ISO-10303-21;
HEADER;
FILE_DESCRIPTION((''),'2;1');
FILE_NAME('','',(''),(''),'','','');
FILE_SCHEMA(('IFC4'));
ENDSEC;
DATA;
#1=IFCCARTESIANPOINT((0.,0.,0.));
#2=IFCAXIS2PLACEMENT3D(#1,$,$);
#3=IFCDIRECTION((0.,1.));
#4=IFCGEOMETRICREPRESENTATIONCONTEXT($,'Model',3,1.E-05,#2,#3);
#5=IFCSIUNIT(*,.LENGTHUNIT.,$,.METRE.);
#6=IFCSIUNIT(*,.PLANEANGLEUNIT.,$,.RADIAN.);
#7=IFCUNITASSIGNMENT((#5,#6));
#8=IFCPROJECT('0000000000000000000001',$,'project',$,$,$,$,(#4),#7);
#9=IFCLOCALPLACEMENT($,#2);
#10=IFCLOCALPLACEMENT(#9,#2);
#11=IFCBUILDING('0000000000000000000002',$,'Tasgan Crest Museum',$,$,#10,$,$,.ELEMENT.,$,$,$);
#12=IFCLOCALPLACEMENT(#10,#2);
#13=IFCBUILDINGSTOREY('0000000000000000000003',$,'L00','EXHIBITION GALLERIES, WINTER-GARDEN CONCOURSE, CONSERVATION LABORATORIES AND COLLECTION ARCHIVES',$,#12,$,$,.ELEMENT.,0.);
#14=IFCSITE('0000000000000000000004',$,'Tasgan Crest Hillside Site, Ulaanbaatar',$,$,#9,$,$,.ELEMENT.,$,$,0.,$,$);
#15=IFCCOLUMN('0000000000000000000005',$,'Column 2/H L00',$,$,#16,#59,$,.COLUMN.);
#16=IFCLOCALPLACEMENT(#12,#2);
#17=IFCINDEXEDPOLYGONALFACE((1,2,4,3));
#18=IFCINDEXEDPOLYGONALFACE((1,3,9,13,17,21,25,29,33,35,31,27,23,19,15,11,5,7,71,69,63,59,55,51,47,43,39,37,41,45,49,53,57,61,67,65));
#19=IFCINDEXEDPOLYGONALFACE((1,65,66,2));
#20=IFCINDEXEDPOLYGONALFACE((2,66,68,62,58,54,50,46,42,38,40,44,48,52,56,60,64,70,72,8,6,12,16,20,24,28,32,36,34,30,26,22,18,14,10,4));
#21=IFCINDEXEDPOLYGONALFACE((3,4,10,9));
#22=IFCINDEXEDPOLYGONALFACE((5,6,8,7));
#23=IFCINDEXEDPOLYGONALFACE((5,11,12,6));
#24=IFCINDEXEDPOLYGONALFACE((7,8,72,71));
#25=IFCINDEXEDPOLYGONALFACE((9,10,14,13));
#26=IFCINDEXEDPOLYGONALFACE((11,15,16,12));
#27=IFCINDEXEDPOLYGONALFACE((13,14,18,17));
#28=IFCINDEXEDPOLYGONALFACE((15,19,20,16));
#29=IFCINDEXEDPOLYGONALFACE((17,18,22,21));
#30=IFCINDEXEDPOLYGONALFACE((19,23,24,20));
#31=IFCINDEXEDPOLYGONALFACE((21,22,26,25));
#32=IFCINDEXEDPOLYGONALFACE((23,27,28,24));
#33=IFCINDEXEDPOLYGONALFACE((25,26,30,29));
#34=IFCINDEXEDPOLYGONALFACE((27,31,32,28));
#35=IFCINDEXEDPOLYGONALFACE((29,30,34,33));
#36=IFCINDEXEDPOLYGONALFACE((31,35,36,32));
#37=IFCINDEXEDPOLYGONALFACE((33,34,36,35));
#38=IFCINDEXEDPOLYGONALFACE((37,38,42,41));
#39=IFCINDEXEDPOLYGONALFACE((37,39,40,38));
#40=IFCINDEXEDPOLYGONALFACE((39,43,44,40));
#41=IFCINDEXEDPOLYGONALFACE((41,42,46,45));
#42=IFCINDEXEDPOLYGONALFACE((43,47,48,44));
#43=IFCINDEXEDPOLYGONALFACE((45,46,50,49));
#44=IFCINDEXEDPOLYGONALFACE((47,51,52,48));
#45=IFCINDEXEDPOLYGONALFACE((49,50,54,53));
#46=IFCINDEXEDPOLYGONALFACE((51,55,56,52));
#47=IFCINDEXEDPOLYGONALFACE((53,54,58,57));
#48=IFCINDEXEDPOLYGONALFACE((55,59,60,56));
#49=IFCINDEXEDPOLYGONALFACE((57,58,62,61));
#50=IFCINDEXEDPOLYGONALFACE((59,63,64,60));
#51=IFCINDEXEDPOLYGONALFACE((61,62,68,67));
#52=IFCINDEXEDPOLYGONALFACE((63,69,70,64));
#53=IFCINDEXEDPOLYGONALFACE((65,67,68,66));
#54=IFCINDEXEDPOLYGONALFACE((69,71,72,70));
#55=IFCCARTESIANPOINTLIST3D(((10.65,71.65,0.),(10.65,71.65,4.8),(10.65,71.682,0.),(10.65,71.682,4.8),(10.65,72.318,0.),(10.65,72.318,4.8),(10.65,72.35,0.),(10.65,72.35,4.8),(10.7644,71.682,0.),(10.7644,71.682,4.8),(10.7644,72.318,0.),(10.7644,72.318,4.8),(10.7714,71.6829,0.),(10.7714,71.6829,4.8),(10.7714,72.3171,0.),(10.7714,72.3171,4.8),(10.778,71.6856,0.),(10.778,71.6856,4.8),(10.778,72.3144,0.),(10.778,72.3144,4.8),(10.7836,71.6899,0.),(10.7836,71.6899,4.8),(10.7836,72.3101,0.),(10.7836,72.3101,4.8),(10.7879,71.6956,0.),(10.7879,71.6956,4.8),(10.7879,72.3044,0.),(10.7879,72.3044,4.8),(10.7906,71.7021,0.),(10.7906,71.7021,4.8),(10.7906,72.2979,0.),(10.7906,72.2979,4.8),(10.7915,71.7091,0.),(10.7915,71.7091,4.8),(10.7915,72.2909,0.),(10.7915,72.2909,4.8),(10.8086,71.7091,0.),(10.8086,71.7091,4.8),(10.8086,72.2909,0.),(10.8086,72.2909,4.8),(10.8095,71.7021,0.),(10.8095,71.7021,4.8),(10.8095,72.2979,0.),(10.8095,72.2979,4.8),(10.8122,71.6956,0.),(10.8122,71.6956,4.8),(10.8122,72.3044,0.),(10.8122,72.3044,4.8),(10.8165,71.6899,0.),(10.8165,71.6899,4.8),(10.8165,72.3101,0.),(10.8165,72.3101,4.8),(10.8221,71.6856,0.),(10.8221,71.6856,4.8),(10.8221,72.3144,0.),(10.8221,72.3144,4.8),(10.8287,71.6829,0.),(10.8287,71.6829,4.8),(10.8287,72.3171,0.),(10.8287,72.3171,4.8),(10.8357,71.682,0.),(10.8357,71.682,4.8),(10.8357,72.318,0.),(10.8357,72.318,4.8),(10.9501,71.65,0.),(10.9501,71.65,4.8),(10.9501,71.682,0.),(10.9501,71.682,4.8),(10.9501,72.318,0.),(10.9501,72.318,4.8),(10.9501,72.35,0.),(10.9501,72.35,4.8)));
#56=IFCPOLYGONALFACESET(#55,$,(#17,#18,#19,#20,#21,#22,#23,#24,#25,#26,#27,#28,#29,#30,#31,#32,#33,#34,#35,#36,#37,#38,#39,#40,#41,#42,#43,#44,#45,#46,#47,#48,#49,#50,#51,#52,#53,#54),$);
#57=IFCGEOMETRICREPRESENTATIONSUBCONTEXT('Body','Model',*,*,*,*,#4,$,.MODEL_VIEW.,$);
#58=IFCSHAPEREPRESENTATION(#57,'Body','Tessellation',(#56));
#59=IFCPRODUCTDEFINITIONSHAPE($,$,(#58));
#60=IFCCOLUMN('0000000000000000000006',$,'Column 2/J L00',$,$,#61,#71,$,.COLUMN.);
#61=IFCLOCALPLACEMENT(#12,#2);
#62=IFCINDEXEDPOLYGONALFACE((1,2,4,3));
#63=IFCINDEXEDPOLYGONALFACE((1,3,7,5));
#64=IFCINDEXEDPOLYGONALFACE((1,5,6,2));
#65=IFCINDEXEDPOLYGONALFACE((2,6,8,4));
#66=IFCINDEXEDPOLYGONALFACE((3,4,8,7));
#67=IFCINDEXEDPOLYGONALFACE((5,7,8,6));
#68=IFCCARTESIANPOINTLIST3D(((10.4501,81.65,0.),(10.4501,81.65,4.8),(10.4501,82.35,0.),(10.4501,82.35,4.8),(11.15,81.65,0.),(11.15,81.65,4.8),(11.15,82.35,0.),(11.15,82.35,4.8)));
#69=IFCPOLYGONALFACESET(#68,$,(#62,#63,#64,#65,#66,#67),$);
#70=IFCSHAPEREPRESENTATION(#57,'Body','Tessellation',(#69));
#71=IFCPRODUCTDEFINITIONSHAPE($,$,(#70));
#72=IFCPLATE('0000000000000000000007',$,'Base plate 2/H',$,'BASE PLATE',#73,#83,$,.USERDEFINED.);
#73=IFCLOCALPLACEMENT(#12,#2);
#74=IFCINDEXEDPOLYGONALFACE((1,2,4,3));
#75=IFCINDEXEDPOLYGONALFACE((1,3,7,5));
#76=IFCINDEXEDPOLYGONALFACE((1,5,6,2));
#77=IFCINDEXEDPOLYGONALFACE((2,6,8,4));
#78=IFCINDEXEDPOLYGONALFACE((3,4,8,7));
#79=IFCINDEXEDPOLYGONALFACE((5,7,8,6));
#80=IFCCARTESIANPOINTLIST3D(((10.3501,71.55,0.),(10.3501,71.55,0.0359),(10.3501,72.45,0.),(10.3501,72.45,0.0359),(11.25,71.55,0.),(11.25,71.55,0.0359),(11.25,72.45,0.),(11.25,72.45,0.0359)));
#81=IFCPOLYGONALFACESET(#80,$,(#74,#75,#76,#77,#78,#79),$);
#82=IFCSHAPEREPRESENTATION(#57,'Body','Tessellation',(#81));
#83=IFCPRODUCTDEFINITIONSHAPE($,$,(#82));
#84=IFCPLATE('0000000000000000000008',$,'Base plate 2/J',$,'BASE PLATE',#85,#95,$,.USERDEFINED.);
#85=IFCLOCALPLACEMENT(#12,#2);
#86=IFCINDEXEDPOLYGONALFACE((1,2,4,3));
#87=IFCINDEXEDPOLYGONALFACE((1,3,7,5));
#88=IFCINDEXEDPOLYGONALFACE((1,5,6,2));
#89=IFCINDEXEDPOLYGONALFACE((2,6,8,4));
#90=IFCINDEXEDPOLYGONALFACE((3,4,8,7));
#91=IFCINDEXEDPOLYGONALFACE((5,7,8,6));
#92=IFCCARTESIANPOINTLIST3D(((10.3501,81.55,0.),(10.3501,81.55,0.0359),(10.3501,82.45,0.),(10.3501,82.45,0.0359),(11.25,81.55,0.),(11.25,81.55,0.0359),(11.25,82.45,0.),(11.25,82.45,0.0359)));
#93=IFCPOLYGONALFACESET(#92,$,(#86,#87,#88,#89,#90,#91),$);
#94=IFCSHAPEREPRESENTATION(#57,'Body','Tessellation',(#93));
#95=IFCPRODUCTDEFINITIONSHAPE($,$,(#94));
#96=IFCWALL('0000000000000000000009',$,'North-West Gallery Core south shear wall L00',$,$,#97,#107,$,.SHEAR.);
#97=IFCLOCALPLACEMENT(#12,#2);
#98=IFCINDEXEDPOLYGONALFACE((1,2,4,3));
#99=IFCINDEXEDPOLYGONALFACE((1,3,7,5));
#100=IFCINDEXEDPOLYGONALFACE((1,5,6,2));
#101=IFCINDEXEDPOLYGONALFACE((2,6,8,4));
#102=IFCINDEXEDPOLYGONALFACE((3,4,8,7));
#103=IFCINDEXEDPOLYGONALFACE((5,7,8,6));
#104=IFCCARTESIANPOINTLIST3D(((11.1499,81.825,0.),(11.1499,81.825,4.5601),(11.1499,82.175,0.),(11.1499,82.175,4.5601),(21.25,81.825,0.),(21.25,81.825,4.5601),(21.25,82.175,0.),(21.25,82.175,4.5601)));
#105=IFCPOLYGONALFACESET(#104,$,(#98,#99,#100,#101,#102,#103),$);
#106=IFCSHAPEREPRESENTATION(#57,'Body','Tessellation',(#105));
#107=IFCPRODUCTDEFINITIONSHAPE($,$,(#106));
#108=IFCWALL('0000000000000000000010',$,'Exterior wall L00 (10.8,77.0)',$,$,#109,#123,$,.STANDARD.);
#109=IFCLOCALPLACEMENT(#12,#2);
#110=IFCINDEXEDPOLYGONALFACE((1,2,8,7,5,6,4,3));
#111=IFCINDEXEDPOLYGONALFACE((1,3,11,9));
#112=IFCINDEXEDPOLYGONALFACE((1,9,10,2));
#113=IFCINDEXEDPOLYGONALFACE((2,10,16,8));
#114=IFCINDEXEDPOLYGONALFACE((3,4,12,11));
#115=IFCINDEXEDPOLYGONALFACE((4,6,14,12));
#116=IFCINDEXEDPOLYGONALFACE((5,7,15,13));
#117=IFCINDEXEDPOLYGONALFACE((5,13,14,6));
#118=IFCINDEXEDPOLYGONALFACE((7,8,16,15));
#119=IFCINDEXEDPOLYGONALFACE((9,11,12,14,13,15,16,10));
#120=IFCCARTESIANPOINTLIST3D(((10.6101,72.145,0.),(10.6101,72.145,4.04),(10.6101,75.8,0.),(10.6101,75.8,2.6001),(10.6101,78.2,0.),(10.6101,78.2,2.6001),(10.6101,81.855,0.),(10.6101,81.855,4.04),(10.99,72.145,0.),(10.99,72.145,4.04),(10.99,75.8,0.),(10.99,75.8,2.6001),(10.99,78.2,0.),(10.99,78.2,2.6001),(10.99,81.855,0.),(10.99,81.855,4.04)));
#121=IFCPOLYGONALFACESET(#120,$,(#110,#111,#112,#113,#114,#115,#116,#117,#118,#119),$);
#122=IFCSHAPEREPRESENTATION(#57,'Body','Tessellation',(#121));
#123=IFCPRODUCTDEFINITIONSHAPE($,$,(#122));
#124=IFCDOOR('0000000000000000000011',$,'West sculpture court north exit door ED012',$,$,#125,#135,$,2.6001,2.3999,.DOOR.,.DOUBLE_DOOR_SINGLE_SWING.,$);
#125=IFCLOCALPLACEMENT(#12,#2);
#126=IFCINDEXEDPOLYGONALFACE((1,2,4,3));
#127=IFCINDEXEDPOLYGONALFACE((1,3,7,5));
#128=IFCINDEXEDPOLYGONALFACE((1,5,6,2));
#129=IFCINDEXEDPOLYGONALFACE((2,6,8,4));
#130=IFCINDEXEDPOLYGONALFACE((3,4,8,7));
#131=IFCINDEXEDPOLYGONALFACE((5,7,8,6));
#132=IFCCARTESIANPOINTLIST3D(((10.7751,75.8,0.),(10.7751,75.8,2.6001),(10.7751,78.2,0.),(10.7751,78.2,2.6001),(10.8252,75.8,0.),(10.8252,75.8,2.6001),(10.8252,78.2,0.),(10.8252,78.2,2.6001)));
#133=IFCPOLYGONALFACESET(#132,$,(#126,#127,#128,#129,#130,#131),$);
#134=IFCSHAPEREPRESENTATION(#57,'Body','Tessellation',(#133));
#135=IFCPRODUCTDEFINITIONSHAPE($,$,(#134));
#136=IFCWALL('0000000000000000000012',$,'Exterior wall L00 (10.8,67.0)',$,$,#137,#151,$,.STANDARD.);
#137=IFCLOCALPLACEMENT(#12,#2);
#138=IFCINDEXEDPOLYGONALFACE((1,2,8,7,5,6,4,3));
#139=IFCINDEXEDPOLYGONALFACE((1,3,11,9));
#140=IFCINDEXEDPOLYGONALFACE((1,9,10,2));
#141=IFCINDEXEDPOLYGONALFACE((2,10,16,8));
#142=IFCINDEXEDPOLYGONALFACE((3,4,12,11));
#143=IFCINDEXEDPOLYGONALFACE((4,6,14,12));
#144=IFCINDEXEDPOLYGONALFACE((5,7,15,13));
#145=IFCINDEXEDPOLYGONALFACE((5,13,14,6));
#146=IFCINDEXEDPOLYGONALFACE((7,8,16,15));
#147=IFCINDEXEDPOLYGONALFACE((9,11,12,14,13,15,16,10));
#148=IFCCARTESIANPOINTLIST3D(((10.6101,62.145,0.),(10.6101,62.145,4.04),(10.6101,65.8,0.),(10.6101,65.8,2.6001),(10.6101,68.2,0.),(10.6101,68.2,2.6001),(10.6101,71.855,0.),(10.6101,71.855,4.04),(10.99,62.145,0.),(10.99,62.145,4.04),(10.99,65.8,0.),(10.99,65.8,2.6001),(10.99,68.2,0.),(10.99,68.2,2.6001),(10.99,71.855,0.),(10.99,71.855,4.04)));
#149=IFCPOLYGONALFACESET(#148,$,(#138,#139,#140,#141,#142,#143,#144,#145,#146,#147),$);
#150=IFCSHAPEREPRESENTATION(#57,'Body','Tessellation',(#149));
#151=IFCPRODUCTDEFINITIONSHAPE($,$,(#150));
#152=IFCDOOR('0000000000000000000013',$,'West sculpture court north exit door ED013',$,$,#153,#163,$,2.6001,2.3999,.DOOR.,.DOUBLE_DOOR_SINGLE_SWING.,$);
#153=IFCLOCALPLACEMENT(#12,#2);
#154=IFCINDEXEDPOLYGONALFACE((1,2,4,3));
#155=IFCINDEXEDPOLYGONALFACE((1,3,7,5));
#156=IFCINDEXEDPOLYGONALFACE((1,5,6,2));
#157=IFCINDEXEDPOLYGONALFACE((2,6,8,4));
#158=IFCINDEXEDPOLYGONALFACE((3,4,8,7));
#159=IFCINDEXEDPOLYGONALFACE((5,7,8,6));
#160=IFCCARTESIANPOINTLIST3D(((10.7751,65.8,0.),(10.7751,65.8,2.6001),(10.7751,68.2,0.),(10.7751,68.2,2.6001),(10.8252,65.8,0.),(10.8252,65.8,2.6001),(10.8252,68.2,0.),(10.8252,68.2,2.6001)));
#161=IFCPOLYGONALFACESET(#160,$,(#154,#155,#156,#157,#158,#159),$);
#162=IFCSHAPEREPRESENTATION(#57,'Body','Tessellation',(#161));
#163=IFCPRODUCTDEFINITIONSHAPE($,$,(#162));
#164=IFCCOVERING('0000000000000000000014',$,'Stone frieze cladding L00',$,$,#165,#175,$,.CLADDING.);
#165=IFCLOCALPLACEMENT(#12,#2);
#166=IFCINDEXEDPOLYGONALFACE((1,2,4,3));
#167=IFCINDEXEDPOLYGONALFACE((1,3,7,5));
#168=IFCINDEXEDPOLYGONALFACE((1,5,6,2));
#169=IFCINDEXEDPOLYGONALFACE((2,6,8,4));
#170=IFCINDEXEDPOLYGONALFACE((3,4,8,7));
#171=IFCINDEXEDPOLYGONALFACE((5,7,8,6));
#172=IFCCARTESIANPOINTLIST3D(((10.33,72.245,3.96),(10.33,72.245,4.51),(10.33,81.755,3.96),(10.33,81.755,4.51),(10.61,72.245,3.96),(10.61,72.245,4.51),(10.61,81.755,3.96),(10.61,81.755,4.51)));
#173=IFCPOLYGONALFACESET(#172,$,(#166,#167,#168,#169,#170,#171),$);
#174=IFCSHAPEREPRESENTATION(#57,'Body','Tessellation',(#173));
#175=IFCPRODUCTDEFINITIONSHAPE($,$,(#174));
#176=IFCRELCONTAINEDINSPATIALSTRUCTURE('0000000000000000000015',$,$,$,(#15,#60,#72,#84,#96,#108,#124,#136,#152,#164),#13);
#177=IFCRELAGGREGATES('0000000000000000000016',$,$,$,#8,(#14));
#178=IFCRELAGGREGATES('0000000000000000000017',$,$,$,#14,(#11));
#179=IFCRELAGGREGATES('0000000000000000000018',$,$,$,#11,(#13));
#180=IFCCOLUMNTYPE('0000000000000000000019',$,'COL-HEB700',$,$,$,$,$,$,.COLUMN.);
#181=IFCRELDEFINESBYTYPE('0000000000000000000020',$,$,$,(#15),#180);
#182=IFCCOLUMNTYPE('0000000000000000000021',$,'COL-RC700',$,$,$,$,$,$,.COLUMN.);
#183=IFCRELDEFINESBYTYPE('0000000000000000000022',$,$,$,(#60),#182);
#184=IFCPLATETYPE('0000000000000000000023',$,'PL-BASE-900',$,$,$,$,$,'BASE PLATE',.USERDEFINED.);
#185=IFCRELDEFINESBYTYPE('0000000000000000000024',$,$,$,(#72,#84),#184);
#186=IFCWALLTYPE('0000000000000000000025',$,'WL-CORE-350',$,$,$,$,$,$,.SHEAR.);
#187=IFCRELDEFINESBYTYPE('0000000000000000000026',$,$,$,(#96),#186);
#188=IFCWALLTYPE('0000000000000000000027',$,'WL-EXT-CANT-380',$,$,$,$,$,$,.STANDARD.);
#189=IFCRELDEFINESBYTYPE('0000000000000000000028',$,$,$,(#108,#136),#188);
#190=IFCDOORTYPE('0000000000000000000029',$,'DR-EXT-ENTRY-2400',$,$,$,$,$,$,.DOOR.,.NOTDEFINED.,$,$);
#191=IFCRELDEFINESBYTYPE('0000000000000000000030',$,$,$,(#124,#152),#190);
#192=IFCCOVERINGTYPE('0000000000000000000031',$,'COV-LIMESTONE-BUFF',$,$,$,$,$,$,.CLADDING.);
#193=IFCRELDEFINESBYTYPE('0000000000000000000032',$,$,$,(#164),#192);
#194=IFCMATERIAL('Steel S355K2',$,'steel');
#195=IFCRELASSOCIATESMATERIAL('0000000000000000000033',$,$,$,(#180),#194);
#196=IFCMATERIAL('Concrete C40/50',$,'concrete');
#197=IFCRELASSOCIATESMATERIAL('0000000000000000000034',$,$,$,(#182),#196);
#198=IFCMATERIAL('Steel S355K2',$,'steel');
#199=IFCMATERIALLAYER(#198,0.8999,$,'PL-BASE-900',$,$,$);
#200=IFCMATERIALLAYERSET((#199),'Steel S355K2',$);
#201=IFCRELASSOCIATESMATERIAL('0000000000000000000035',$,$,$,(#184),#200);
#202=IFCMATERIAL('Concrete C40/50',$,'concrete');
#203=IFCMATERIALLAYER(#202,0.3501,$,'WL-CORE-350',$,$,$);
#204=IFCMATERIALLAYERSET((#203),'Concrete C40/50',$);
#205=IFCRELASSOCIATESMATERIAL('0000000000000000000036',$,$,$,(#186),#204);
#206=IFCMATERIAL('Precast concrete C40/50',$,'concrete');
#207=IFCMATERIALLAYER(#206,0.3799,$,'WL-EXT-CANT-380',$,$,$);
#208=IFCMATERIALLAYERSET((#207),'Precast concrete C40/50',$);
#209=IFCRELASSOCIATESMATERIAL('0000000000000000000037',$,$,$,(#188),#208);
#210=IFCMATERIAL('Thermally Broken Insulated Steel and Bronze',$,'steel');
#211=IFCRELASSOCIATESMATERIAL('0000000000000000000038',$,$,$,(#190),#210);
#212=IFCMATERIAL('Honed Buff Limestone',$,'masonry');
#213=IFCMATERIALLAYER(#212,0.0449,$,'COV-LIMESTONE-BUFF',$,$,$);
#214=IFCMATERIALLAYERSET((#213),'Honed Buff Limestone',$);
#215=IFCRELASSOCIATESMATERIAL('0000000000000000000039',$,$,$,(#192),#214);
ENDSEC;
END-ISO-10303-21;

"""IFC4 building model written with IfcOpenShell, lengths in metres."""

from ifc_helpers import new_model, si_unit, direction, frame, frame_2d, origin, origin_2d, place, context, subcontext, project, spatial, rectangle, i_section, extrude, material, layer, layer_set, material_profile, profile_set, type_object, element, fill, save


model = new_model("IFC4")

# Units and contexts
model_context = context("Model", 3, precision=1e-05, world=origin(), true_north=direction((0.0, 1.0)))
body_context = subcontext(model_context, "Body", "Model", "MODEL_VIEW")
ifc_project = project(units=[si_unit("LENGTHUNIT", "METRE"), si_unit("PLANEANGLEUNIT", "RADIAN")], contexts=[model_context])

# Site, building, storey
site_placement = place(None, origin())
site = spatial("IfcSite", under=ifc_project, at=site_placement, Name="Tasgan Crest Hillside Site, Ulaanbaatar", CompositionType="ELEMENT", RefElevation=0.0)
building_placement = place(site_placement, origin())
building = spatial("IfcBuilding", under=site, at=building_placement, Name="Tasgan Crest Museum", CompositionType="ELEMENT")
storey_placement = place(building_placement, origin())
storey = spatial("IfcBuildingStorey", under=building, at=storey_placement, Name="L00", Description="EXHIBITION GALLERIES, WINTER-GARDEN CONCOURSE, CONSERVATION LABORATORIES AND COLLECTION ARCHIVES", CompositionType="ELEMENT", Elevation=0.0)

# Columns
ifc_material_1 = material(Name="Steel S355K2", Category="steel")
ifc_material_profile_1 = material_profile(ifc_material_1, i_section(OverallWidth=0.3, OverallDepth=0.7, WebThickness=0.0171, FlangeThickness=0.032, FilletRadius=0.0271, at=origin_2d()), Name="HEB 700")
ifc_profile_set_1 = profile_set([ifc_material_profile_1], Name="Steel S355K2")
column_type_1 = type_object("IfcColumnType", Name="COL-HEB700", PredefinedType="COLUMN", material=ifc_profile_set_1)
column_1_placement = place(storey_placement, frame((10.8, 72.0, 0.0), z_axis=(0.0, 0.0, 1.0), x_axis=(1.0, 0.0, 0.0)))
element("IfcColumn", 1, at=column_1_placement, inside=storey, type_object=column_type_1, Name="Column 2/H L00", PredefinedType="COLUMN", context=body_context, shape_type="SweptSolid", body=[
    extrude(i_section(OverallWidth=0.3, OverallDepth=0.7, WebThickness=0.0171, FlangeThickness=0.032, FilletRadius=0.0271, at=origin_2d()), origin(), (0.0, 0.0, 1.0), 4.8),
])
ifc_material_2 = material(Name="Concrete C40/50", Category="concrete")
ifc_material_profile_2 = material_profile(ifc_material_2, rectangle(XDim=0.7, YDim=0.7, at=origin_2d()), Name="RC 700x700")
ifc_profile_set_2 = profile_set([ifc_material_profile_2], Name="Concrete C40/50")
column_type_2 = type_object("IfcColumnType", Name="COL-RC700", PredefinedType="COLUMN", material=ifc_profile_set_2)
column_2_placement = place(storey_placement, frame((10.8, 82.0, 0.0), z_axis=(0.0, 0.0, 1.0), x_axis=(1.0, 0.0, 0.0)))
element("IfcColumn", 2, at=column_2_placement, inside=storey, type_object=column_type_2, Name="Column 2/J L00", PredefinedType="COLUMN", context=body_context, shape_type="SweptSolid", body=[
    extrude(rectangle(XDim=0.7, YDim=0.7, at=origin_2d()), origin(), (0.0, 0.0, 1.0), 4.8),
])

# Plates
ifc_material_3 = material(Name="Steel S355K2", Category="steel")
ifc_layer_1 = layer(ifc_material_3, 0.8999, Name="PL-BASE-900")
ifc_layer_set_1 = layer_set([ifc_layer_1], Name="Steel S355K2")
plate_type = type_object("IfcPlateType", Name="PL-BASE-900", ElementType="BASE PLATE", PredefinedType="USERDEFINED", material=ifc_layer_set_1)
for number, where, z_axis, x_axis, name in (
    (3, (10.8, 72.0, 0.0), (0.0, 0.0, 1.0), (1.0, 0.0, 0.0), "Base plate 2/H"),
    (4, (10.8, 82.0, 0.0), (0.0, 0.0, 1.0), (1.0, 0.0, 0.0), "Base plate 2/J"),
):
    element("IfcPlate", number, at=place(storey_placement, frame(where, z_axis=z_axis, x_axis=x_axis)), inside=storey, type_object=plate_type, Name=name, ObjectType="BASE PLATE", PredefinedType="USERDEFINED", context=body_context, shape_type="SweptSolid", body=[
        extrude(rectangle(XDim=0.8999, YDim=0.8999, at=origin_2d()), origin(), (0.0, 0.0, 1.0), 0.0359),
    ])

# Wall
ifc_material_4 = material(Name="Concrete C40/50", Category="concrete")
ifc_layer_2 = layer(ifc_material_4, 0.3501, Name="WL-CORE-350")
ifc_layer_set_2 = layer_set([ifc_layer_2], Name="Concrete C40/50")
wall_type_1 = type_object("IfcWallType", Name="WL-CORE-350", PredefinedType="SHEAR", material=ifc_layer_set_2)
wall_1_placement = place(storey_placement, frame((11.1499, 82.0, 0.0), z_axis=(0.0, 0.0, 1.0), x_axis=(1.0, 0.0, 0.0)))
element("IfcWall", 5, at=wall_1_placement, inside=storey, type_object=wall_type_1, Name="North-West Gallery Core south shear wall L00", PredefinedType="SHEAR", context=body_context, shape_type="SweptSolid", body=[
    extrude(rectangle(XDim=10.1001, YDim=0.3501, at=frame_2d((5.05, 0.0))), origin(), (0.0, 0.0, 1.0), 4.5601),
])

# Walls, openings, doors
ifc_material_5 = material(Name="Precast concrete C40/50", Category="concrete")
ifc_layer_3 = layer(ifc_material_5, 0.3799, Name="WL-EXT-CANT-380")
ifc_layer_set_3 = layer_set([ifc_layer_3], Name="Precast concrete C40/50")
wall_type_2 = type_object("IfcWallType", Name="WL-EXT-CANT-380", PredefinedType="STANDARD", material=ifc_layer_set_3)
wall_2_placement = place(storey_placement, frame((10.8, 81.855, 0.0), z_axis=(0.0, 0.0, 1.0), x_axis=(0.0, -1.0, 0.0)))
wall_2 = element("IfcWall", 6, at=wall_2_placement, inside=storey, type_object=wall_type_2, Name="Exterior wall L00 (10.8,77.0)", PredefinedType="STANDARD", context=body_context, shape_type="SweptSolid", body=[
    extrude(rectangle(XDim=9.71, YDim=0.3799, at=frame_2d((4.855, 0.0))), origin(), (0.0, 0.0, 1.0), 4.04),
])
opening_1_placement = place(wall_2_placement, frame((3.655, 0.0, 0.0)))
opening_1 = element("IfcOpeningElement", 7, at=opening_1_placement, cuts=wall_2, PredefinedType="OPENING", context=body_context, shape_type="SweptSolid", body=[
    extrude(rectangle(XDim=2.3999, YDim=2.6001, at=frame_2d((1.2, 1.3))), frame((0.0, 0.2, 0.0), z_axis=(0.0, -1.0, 0.0), x_axis=(1.0, 0.0, 0.0)), (0.0, 0.0, 1.0), 0.3999),
])
ifc_material_6 = material(Name="Thermally Broken Insulated Steel and Bronze", Category="steel")
door_type = type_object("IfcDoorType", Name="DR-EXT-ENTRY-2400", OperationType="NOTDEFINED", PredefinedType="DOOR", material=ifc_material_6)
door_1_placement = place(opening_1_placement, frame((2.3999, 0.0, 0.0), z_axis=(0.0, 0.0, 1.0), x_axis=(-1.0, 0.0, 0.0)))
door_1 = element("IfcDoor", 8, at=door_1_placement, inside=storey, type_object=door_type, Name="West sculpture court north exit door ED012", OperationType="DOUBLE_DOOR_SINGLE_SWING", OverallHeight=2.6001, OverallWidth=2.3999, PredefinedType="DOOR", context=body_context, shape_type="SweptSolid", body=[
    extrude(rectangle(XDim=2.3999, YDim=2.6001, at=frame_2d((1.2, 1.3))), frame((0.0, 0.0249, 0.0), z_axis=(0.0, -1.0, 0.0), x_axis=(1.0, 0.0, 0.0)), (0.0, 0.0, 1.0), 0.05),
])
fill(opening_1, door_1)
wall_3_placement = place(storey_placement, frame((10.8, 71.855, 0.0), z_axis=(0.0, 0.0, 1.0), x_axis=(0.0, -1.0, 0.0)))
wall_3 = element("IfcWall", 9, at=wall_3_placement, inside=storey, type_object=wall_type_2, Name="Exterior wall L00 (10.8,67.0)", PredefinedType="STANDARD", context=body_context, shape_type="SweptSolid", body=[
    extrude(rectangle(XDim=9.71, YDim=0.3799, at=frame_2d((4.855, 0.0))), origin(), (0.0, 0.0, 1.0), 4.04),
])
opening_2_placement = place(wall_3_placement, frame((3.655, 0.0, 0.0)))
opening_2 = element("IfcOpeningElement", 10, at=opening_2_placement, cuts=wall_3, PredefinedType="OPENING", context=body_context, shape_type="SweptSolid", body=[
    extrude(rectangle(XDim=2.3999, YDim=2.6001, at=frame_2d((1.2, 1.3))), frame((0.0, 0.2, 0.0), z_axis=(0.0, -1.0, 0.0), x_axis=(1.0, 0.0, 0.0)), (0.0, 0.0, 1.0), 0.3999),
])
door_2_placement = place(opening_2_placement, frame((2.3999, 0.0, 0.0), z_axis=(0.0, 0.0, 1.0), x_axis=(-1.0, 0.0, 0.0)))
door_2 = element("IfcDoor", 11, at=door_2_placement, inside=storey, type_object=door_type, Name="West sculpture court north exit door ED013", OperationType="DOUBLE_DOOR_SINGLE_SWING", OverallHeight=2.6001, OverallWidth=2.3999, PredefinedType="DOOR", context=body_context, shape_type="SweptSolid", body=[
    extrude(rectangle(XDim=2.3999, YDim=2.6001, at=frame_2d((1.2, 1.3))), frame((0.0, 0.0249, 0.0), z_axis=(0.0, -1.0, 0.0), x_axis=(1.0, 0.0, 0.0)), (0.0, 0.0, 1.0), 0.05),
])
fill(opening_2, door_2)

# Covering
ifc_material_7 = material(Name="Honed Buff Limestone", Category="masonry")
ifc_layer_4 = layer(ifc_material_7, 0.0449, Name="COV-LIMESTONE-BUFF")
ifc_layer_set_4 = layer_set([ifc_layer_4], Name="Honed Buff Limestone")
covering_type = type_object("IfcCoveringType", Name="COV-LIMESTONE-BUFF", PredefinedType="CLADDING", material=ifc_layer_set_4)
covering_placement = place(storey_placement, frame((10.47, 77.0, 3.96), z_axis=(0.0, 0.0, 1.0), x_axis=(0.0, -1.0, 0.0)))
element("IfcCovering", 12, at=covering_placement, inside=storey, type_object=covering_type, Name="Stone frieze cladding L00", PredefinedType="CLADDING", context=body_context, shape_type="SweptSolid", body=[
    extrude(rectangle(XDim=9.51, YDim=0.28, at=origin_2d()), origin(), (0.0, 0.0, 1.0), 0.55),
])

save(model, "model.ifc")
